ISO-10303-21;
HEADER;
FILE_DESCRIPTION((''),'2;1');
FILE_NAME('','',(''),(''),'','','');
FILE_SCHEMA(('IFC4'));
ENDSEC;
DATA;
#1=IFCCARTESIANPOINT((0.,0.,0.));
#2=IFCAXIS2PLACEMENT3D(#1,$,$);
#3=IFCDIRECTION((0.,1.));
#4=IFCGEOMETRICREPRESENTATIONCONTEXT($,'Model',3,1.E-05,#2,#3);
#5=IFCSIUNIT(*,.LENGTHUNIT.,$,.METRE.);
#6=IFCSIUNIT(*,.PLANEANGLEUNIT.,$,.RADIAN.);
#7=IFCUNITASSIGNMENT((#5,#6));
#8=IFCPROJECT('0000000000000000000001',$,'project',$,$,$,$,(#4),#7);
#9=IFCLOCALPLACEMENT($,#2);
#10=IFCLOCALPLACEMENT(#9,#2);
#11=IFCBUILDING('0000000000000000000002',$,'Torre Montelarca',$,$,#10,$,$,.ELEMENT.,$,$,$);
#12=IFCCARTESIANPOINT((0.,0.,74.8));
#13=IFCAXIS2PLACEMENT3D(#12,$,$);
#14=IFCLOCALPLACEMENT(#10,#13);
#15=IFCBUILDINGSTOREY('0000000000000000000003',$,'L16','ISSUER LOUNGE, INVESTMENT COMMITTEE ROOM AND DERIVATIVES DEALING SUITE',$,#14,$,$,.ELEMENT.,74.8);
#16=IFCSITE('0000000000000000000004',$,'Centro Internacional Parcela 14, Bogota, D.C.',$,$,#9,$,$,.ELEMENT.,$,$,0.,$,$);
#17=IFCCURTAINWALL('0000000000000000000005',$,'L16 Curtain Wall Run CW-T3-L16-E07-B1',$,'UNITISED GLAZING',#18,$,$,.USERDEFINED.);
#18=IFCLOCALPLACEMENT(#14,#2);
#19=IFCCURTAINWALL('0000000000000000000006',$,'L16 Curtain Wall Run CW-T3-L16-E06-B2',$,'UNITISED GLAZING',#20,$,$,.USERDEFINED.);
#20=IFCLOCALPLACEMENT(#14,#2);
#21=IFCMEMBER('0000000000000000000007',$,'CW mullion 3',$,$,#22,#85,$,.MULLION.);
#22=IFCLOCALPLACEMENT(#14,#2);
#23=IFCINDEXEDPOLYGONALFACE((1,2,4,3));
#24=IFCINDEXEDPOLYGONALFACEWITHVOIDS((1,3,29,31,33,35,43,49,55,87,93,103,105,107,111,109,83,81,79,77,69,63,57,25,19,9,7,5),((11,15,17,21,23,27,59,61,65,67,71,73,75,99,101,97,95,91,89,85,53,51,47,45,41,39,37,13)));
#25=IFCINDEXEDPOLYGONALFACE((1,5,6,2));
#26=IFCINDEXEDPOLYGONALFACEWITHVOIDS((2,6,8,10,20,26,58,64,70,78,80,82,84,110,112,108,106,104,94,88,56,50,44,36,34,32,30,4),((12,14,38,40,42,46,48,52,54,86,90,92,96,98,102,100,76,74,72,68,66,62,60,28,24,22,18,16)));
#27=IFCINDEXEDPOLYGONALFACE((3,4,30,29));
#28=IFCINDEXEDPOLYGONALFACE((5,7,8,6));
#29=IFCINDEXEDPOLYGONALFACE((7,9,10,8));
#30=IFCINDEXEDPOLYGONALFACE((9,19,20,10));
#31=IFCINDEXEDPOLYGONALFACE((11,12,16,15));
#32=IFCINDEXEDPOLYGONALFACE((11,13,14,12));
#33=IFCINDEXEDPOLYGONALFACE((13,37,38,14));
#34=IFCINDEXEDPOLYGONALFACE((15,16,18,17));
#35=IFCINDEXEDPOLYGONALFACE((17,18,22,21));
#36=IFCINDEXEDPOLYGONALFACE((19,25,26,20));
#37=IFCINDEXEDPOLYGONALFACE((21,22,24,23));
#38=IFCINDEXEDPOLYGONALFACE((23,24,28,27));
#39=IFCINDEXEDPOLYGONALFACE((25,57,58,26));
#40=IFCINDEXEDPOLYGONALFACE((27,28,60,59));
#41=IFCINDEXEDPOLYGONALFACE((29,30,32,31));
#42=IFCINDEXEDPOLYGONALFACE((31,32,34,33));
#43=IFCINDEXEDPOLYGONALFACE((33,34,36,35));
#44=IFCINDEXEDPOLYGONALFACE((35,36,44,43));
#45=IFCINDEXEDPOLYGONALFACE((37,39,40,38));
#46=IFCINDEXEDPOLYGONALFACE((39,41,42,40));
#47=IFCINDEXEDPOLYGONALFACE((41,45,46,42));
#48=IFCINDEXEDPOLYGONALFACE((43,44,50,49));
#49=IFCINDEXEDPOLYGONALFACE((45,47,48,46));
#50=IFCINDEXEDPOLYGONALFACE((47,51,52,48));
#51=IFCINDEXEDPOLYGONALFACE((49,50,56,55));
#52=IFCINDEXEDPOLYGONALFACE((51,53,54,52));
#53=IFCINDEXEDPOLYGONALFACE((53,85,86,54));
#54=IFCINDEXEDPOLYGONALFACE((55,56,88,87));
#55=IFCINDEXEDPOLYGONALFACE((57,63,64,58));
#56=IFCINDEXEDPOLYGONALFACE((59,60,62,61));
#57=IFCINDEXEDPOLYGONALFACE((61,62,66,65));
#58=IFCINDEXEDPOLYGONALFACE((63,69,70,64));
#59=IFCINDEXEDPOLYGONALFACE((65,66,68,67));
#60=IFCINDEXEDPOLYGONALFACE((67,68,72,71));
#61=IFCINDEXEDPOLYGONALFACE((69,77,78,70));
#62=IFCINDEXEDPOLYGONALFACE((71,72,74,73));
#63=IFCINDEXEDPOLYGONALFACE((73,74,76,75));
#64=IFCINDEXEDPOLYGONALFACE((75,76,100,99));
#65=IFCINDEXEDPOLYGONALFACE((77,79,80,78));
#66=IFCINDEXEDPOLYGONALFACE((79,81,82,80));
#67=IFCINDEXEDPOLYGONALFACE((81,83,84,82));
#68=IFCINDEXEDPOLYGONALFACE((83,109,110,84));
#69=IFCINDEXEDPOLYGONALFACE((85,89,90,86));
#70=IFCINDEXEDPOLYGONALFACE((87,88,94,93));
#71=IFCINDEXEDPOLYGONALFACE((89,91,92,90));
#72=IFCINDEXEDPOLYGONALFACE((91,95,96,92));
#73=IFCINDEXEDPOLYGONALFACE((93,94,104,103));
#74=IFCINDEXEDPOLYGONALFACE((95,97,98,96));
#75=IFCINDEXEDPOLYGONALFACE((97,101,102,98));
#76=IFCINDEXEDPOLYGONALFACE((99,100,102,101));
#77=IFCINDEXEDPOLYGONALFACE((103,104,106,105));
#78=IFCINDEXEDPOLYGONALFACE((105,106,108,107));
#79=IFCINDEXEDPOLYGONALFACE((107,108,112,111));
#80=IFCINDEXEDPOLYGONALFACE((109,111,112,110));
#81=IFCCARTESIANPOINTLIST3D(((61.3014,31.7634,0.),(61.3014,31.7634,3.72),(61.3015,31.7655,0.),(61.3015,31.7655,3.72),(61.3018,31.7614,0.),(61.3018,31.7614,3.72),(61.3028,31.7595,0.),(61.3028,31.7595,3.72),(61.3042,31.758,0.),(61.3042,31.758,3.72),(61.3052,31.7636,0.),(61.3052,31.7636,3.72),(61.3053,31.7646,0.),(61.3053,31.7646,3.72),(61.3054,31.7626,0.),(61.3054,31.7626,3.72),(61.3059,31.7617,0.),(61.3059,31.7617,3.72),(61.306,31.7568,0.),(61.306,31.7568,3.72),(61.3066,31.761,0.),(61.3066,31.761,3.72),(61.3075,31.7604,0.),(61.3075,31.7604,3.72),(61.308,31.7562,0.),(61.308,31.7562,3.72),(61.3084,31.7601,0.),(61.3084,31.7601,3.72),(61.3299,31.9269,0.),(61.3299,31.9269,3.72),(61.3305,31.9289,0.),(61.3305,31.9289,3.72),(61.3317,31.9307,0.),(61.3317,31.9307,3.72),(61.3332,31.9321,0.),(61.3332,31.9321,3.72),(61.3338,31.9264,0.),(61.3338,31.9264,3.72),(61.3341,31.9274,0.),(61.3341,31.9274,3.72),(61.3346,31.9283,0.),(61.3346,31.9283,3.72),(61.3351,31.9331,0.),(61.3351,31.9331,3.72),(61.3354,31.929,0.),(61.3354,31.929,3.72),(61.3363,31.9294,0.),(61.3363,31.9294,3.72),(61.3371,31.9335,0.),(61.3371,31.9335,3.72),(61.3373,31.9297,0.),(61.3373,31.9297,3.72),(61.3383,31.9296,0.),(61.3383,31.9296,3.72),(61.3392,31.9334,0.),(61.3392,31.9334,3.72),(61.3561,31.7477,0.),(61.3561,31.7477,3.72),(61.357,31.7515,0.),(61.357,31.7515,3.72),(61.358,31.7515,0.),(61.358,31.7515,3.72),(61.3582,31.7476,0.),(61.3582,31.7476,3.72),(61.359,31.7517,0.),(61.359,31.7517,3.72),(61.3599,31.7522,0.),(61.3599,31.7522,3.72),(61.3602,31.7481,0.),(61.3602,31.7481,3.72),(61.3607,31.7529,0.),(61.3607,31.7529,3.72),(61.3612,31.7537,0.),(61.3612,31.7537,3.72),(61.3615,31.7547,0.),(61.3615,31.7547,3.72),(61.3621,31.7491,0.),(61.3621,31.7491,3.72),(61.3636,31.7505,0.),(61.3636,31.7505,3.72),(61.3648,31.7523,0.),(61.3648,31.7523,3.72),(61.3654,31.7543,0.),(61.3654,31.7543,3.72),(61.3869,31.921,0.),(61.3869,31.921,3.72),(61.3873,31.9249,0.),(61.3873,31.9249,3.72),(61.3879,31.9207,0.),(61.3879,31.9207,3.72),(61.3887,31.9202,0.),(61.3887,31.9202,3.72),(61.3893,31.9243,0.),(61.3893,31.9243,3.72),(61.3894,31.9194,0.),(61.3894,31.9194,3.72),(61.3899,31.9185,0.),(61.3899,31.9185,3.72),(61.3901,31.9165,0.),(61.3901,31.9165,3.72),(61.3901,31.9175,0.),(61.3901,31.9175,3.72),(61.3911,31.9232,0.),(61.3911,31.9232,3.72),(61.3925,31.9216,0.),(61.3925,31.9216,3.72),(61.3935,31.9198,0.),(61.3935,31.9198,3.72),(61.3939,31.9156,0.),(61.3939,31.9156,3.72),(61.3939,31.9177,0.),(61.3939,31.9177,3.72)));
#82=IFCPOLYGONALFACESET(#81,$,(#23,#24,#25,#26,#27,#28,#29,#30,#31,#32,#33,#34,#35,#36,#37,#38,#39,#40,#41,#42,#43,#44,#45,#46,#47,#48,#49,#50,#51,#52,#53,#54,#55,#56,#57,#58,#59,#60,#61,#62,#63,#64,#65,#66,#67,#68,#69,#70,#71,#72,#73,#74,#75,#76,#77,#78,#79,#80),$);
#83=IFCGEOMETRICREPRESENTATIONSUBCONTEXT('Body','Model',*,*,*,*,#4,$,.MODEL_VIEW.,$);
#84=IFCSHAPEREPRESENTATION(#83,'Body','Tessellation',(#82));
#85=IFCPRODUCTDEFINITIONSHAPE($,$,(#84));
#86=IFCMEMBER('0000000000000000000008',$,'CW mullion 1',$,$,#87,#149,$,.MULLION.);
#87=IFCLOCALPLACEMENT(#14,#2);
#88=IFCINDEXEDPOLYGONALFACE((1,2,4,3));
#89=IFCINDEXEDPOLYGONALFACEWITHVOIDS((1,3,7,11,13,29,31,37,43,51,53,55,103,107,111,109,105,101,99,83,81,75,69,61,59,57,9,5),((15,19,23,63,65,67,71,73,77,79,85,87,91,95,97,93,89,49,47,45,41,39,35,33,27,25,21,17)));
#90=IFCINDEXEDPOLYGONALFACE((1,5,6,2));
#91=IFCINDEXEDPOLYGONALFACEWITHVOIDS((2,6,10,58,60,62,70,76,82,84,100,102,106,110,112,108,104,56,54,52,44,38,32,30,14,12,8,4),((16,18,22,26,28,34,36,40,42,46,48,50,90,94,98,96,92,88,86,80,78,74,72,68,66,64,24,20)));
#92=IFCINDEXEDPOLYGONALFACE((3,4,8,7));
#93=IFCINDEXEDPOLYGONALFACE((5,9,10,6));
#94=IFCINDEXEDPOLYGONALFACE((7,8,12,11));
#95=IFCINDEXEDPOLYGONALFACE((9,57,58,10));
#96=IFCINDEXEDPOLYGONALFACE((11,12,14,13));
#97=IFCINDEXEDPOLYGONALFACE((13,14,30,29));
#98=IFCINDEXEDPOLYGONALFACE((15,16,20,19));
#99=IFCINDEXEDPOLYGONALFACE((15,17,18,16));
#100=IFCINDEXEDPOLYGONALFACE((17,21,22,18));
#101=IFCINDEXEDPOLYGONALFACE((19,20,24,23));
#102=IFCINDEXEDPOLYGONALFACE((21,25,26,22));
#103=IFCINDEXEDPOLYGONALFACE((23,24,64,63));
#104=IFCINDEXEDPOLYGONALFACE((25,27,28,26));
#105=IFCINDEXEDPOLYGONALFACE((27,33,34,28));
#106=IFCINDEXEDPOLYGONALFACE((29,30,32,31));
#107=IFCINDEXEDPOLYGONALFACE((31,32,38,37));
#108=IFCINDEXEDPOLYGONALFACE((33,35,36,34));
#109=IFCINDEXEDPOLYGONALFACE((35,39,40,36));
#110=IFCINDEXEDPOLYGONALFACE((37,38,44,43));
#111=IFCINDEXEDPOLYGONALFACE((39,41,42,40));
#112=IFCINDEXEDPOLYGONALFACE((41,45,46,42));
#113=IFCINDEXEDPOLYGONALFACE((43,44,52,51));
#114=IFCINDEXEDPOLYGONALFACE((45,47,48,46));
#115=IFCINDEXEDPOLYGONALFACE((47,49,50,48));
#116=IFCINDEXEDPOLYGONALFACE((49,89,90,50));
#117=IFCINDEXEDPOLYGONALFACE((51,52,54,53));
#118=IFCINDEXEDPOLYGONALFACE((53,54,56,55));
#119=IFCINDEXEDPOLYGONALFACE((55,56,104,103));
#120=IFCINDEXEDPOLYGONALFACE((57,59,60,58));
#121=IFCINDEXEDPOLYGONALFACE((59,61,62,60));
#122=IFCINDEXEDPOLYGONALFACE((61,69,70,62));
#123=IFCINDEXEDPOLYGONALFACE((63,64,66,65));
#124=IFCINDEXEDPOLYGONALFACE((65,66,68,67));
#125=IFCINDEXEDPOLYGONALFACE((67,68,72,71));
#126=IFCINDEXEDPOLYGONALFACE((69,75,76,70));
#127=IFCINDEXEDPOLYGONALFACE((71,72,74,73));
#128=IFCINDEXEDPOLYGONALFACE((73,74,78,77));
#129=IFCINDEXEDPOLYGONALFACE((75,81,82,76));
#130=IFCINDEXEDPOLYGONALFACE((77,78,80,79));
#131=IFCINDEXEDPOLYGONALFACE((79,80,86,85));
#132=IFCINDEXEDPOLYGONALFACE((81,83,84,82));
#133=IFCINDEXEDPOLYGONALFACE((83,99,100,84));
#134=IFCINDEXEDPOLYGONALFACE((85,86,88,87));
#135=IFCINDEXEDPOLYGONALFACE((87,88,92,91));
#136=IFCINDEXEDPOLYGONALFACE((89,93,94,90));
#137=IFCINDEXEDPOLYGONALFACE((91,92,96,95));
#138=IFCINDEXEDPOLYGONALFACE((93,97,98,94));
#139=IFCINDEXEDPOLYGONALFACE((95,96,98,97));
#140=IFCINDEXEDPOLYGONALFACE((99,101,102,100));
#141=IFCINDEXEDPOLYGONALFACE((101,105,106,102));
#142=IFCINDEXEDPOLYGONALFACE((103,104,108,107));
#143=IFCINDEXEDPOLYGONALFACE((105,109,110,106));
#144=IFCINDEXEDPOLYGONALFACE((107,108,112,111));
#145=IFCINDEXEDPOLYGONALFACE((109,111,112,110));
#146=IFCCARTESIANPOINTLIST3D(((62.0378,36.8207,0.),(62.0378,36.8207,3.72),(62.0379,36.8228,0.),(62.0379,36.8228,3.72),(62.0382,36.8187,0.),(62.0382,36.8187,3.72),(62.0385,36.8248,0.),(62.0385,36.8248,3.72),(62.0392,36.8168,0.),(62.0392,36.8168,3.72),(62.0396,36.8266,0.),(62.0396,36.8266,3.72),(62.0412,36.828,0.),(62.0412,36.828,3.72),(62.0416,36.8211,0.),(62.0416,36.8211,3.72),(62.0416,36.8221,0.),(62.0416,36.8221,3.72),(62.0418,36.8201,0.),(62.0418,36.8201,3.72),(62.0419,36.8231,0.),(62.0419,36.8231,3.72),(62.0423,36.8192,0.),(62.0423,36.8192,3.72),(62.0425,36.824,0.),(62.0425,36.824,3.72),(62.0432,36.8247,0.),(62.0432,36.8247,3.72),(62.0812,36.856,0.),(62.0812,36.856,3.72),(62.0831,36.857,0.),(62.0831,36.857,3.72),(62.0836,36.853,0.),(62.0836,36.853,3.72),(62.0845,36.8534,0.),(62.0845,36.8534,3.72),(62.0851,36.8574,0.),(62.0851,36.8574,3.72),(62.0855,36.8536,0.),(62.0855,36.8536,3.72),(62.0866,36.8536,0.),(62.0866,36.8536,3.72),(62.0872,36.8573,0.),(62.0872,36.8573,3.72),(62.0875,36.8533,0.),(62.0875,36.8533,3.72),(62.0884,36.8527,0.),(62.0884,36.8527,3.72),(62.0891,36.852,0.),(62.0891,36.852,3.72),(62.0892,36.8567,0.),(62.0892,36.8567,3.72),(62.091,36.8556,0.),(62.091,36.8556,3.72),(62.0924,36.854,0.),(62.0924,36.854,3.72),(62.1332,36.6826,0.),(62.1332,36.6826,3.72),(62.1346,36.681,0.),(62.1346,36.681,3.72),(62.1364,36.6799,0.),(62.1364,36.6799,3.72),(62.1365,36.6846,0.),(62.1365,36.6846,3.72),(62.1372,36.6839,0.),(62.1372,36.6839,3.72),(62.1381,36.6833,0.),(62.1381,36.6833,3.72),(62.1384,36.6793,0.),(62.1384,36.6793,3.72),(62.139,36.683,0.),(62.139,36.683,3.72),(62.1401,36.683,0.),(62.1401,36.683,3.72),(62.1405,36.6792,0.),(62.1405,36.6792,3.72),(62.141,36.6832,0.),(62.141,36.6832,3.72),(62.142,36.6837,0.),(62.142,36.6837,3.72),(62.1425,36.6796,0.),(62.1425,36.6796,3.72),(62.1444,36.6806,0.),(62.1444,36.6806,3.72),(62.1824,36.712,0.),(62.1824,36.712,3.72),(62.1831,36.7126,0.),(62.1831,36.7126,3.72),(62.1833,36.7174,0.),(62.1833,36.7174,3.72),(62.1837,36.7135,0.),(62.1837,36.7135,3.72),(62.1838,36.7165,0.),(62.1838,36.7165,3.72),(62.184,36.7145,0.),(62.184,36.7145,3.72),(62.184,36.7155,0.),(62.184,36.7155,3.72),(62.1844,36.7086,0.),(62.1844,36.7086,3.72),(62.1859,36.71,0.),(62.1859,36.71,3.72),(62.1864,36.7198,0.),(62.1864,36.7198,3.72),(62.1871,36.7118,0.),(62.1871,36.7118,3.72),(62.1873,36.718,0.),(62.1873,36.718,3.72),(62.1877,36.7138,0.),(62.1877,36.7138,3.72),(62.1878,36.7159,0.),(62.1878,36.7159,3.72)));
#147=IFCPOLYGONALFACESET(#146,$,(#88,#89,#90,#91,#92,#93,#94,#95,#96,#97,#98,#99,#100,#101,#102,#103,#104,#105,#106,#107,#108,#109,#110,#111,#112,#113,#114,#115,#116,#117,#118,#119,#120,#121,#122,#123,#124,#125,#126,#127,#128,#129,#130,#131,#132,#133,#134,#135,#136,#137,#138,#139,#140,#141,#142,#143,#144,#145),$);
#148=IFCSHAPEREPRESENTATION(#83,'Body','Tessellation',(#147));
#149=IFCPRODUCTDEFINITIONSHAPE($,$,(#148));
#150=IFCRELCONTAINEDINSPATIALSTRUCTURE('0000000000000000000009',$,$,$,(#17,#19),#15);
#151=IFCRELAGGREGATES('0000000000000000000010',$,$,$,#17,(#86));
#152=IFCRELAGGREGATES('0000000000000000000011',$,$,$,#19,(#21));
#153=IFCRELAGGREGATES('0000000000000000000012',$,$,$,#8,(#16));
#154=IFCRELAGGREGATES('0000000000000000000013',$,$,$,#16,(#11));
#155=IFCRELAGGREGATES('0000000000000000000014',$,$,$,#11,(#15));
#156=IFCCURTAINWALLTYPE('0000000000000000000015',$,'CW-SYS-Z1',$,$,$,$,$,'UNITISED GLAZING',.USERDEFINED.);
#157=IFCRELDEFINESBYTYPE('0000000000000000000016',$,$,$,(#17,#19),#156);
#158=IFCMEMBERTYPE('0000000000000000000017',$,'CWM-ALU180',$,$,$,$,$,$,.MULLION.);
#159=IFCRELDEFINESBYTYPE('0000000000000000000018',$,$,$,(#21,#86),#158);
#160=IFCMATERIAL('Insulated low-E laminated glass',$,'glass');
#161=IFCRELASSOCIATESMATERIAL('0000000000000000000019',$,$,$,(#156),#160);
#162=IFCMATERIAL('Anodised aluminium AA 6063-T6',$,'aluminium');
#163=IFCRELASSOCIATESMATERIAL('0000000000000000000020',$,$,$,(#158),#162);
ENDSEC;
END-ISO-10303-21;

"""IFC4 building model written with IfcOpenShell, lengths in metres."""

from ifc_helpers import new_model, si_unit, direction, frame, origin, origin_2d, place, context, subcontext, project, spatial, hollow_rectangle, extrude, source, transform, mapped, material, material_profile, profile_set, type_object, element, aggregate, save


model = new_model("IFC4")

# Units and contexts
model_context = context("Model", 3, precision=1e-05, world=origin(), true_north=direction((0.0, 1.0)))
body_context = subcontext(model_context, "Body", "Model", "MODEL_VIEW")
ifc_project = project(units=[si_unit("LENGTHUNIT", "METRE"), si_unit("PLANEANGLEUNIT", "RADIAN")], contexts=[model_context])

# Site, building, storey
site_placement = place(None, origin())
site = spatial("IfcSite", under=ifc_project, at=site_placement, Name="Centro Internacional Parcela 14, Bogota, D.C.", CompositionType="ELEMENT", RefElevation=0.0)
building_placement = place(site_placement, origin())
building = spatial("IfcBuilding", under=site, at=building_placement, Name="Torre Montelarca", CompositionType="ELEMENT")
storey_placement = place(building_placement, frame((0.0, 0.0, 74.8)))
storey = spatial("IfcBuildingStorey", under=building, at=storey_placement, Name="L16", Description="ISSUER LOUNGE, INVESTMENT COMMITTEE ROOM AND DERIVATIVES DEALING SUITE", CompositionType="ELEMENT", Elevation=74.8)

# Curtain walls, member
ifc_material_1 = material(Name="Insulated low-E laminated glass", Category="glass")
curtain_wall_type = type_object("IfcCurtainWallType", Name="CW-SYS-Z1", ElementType="UNITISED GLAZING", PredefinedType="USERDEFINED", material=ifc_material_1)
curtain_wall_1_placement = place(storey_placement, origin())
curtain_wall_1 = element("IfcCurtainWall", 1, at=curtain_wall_1_placement, inside=storey, type_object=curtain_wall_type, Name="L16 Curtain Wall Run CW-T3-L16-E07-B1", ObjectType="UNITISED GLAZING", PredefinedType="USERDEFINED")
ifc_material_2 = material(Name="Anodised aluminium AA 6063-T6", Category="aluminium")
curtain_wall_2_placement = place(storey_placement, origin())
curtain_wall_2 = element("IfcCurtainWall", 2, at=curtain_wall_2_placement, inside=storey, type_object=curtain_wall_type, Name="L16 Curtain Wall Run CW-T3-L16-E06-B2", ObjectType="UNITISED GLAZING", PredefinedType="USERDEFINED")
ifc_material_profile_1 = material_profile(ifc_material_2, hollow_rectangle(XDim=0.0649, YDim=0.1799, WallThickness=0.0039, InnerFilletRadius=0.0039, OuterFilletRadius=0.0081, at=origin_2d()), Name="ALU65X180X4", Category="aluminium")
ifc_profile_set_1 = profile_set([ifc_material_profile_1], Name="Anodised aluminium AA 6063-T6")
member_type_1 = type_object("IfcMemberType", Name="CWM-ALU180", PredefinedType="MULLION", material=ifc_profile_set_1)
shared_shape_1 = source(origin(), body_context, "Body", "SweptSolid", [
    extrude(hollow_rectangle(XDim=0.0649, YDim=0.1799, WallThickness=0.0039, InnerFilletRadius=0.0039, OuterFilletRadius=0.0081, at=origin_2d()), origin(), (0.0, 0.0, 1.0), 3.72),
])
member_1_placement = place(storey_placement, frame((61.3477, 31.8406, 0.0), z_axis=(0.0, 0.0, 1.0), x_axis=(-0.984809, 0.173643, 0.0)))
member_1 = element("IfcMember", 3, at=member_1_placement, type_object=member_type_1, Name="CW mullion 3", PredefinedType="MULLION", context=body_context, shape_type="MappedRepresentation", body=[
    mapped(shared_shape_1, transform((0.0, 0.0, 0.0), scale=1.0)),
])

# Member
member_2_placement = place(storey_placement, frame((62.1128, 36.7683, 0.0), z_axis=(0.0, 0.0, 1.0), x_axis=(-0.819174, -0.573546, 0.0)))
member_2 = element("IfcMember", 4, at=member_2_placement, type_object=member_type_1, Name="CW mullion 1", PredefinedType="MULLION", context=body_context, shape_type="MappedRepresentation", body=[
    mapped(shared_shape_1, transform((0.0, 0.0, 0.0), scale=1.0)),
])

aggregate(curtain_wall_1, [member_2])
aggregate(curtain_wall_2, [member_1])

save(model, "model.ifc")
